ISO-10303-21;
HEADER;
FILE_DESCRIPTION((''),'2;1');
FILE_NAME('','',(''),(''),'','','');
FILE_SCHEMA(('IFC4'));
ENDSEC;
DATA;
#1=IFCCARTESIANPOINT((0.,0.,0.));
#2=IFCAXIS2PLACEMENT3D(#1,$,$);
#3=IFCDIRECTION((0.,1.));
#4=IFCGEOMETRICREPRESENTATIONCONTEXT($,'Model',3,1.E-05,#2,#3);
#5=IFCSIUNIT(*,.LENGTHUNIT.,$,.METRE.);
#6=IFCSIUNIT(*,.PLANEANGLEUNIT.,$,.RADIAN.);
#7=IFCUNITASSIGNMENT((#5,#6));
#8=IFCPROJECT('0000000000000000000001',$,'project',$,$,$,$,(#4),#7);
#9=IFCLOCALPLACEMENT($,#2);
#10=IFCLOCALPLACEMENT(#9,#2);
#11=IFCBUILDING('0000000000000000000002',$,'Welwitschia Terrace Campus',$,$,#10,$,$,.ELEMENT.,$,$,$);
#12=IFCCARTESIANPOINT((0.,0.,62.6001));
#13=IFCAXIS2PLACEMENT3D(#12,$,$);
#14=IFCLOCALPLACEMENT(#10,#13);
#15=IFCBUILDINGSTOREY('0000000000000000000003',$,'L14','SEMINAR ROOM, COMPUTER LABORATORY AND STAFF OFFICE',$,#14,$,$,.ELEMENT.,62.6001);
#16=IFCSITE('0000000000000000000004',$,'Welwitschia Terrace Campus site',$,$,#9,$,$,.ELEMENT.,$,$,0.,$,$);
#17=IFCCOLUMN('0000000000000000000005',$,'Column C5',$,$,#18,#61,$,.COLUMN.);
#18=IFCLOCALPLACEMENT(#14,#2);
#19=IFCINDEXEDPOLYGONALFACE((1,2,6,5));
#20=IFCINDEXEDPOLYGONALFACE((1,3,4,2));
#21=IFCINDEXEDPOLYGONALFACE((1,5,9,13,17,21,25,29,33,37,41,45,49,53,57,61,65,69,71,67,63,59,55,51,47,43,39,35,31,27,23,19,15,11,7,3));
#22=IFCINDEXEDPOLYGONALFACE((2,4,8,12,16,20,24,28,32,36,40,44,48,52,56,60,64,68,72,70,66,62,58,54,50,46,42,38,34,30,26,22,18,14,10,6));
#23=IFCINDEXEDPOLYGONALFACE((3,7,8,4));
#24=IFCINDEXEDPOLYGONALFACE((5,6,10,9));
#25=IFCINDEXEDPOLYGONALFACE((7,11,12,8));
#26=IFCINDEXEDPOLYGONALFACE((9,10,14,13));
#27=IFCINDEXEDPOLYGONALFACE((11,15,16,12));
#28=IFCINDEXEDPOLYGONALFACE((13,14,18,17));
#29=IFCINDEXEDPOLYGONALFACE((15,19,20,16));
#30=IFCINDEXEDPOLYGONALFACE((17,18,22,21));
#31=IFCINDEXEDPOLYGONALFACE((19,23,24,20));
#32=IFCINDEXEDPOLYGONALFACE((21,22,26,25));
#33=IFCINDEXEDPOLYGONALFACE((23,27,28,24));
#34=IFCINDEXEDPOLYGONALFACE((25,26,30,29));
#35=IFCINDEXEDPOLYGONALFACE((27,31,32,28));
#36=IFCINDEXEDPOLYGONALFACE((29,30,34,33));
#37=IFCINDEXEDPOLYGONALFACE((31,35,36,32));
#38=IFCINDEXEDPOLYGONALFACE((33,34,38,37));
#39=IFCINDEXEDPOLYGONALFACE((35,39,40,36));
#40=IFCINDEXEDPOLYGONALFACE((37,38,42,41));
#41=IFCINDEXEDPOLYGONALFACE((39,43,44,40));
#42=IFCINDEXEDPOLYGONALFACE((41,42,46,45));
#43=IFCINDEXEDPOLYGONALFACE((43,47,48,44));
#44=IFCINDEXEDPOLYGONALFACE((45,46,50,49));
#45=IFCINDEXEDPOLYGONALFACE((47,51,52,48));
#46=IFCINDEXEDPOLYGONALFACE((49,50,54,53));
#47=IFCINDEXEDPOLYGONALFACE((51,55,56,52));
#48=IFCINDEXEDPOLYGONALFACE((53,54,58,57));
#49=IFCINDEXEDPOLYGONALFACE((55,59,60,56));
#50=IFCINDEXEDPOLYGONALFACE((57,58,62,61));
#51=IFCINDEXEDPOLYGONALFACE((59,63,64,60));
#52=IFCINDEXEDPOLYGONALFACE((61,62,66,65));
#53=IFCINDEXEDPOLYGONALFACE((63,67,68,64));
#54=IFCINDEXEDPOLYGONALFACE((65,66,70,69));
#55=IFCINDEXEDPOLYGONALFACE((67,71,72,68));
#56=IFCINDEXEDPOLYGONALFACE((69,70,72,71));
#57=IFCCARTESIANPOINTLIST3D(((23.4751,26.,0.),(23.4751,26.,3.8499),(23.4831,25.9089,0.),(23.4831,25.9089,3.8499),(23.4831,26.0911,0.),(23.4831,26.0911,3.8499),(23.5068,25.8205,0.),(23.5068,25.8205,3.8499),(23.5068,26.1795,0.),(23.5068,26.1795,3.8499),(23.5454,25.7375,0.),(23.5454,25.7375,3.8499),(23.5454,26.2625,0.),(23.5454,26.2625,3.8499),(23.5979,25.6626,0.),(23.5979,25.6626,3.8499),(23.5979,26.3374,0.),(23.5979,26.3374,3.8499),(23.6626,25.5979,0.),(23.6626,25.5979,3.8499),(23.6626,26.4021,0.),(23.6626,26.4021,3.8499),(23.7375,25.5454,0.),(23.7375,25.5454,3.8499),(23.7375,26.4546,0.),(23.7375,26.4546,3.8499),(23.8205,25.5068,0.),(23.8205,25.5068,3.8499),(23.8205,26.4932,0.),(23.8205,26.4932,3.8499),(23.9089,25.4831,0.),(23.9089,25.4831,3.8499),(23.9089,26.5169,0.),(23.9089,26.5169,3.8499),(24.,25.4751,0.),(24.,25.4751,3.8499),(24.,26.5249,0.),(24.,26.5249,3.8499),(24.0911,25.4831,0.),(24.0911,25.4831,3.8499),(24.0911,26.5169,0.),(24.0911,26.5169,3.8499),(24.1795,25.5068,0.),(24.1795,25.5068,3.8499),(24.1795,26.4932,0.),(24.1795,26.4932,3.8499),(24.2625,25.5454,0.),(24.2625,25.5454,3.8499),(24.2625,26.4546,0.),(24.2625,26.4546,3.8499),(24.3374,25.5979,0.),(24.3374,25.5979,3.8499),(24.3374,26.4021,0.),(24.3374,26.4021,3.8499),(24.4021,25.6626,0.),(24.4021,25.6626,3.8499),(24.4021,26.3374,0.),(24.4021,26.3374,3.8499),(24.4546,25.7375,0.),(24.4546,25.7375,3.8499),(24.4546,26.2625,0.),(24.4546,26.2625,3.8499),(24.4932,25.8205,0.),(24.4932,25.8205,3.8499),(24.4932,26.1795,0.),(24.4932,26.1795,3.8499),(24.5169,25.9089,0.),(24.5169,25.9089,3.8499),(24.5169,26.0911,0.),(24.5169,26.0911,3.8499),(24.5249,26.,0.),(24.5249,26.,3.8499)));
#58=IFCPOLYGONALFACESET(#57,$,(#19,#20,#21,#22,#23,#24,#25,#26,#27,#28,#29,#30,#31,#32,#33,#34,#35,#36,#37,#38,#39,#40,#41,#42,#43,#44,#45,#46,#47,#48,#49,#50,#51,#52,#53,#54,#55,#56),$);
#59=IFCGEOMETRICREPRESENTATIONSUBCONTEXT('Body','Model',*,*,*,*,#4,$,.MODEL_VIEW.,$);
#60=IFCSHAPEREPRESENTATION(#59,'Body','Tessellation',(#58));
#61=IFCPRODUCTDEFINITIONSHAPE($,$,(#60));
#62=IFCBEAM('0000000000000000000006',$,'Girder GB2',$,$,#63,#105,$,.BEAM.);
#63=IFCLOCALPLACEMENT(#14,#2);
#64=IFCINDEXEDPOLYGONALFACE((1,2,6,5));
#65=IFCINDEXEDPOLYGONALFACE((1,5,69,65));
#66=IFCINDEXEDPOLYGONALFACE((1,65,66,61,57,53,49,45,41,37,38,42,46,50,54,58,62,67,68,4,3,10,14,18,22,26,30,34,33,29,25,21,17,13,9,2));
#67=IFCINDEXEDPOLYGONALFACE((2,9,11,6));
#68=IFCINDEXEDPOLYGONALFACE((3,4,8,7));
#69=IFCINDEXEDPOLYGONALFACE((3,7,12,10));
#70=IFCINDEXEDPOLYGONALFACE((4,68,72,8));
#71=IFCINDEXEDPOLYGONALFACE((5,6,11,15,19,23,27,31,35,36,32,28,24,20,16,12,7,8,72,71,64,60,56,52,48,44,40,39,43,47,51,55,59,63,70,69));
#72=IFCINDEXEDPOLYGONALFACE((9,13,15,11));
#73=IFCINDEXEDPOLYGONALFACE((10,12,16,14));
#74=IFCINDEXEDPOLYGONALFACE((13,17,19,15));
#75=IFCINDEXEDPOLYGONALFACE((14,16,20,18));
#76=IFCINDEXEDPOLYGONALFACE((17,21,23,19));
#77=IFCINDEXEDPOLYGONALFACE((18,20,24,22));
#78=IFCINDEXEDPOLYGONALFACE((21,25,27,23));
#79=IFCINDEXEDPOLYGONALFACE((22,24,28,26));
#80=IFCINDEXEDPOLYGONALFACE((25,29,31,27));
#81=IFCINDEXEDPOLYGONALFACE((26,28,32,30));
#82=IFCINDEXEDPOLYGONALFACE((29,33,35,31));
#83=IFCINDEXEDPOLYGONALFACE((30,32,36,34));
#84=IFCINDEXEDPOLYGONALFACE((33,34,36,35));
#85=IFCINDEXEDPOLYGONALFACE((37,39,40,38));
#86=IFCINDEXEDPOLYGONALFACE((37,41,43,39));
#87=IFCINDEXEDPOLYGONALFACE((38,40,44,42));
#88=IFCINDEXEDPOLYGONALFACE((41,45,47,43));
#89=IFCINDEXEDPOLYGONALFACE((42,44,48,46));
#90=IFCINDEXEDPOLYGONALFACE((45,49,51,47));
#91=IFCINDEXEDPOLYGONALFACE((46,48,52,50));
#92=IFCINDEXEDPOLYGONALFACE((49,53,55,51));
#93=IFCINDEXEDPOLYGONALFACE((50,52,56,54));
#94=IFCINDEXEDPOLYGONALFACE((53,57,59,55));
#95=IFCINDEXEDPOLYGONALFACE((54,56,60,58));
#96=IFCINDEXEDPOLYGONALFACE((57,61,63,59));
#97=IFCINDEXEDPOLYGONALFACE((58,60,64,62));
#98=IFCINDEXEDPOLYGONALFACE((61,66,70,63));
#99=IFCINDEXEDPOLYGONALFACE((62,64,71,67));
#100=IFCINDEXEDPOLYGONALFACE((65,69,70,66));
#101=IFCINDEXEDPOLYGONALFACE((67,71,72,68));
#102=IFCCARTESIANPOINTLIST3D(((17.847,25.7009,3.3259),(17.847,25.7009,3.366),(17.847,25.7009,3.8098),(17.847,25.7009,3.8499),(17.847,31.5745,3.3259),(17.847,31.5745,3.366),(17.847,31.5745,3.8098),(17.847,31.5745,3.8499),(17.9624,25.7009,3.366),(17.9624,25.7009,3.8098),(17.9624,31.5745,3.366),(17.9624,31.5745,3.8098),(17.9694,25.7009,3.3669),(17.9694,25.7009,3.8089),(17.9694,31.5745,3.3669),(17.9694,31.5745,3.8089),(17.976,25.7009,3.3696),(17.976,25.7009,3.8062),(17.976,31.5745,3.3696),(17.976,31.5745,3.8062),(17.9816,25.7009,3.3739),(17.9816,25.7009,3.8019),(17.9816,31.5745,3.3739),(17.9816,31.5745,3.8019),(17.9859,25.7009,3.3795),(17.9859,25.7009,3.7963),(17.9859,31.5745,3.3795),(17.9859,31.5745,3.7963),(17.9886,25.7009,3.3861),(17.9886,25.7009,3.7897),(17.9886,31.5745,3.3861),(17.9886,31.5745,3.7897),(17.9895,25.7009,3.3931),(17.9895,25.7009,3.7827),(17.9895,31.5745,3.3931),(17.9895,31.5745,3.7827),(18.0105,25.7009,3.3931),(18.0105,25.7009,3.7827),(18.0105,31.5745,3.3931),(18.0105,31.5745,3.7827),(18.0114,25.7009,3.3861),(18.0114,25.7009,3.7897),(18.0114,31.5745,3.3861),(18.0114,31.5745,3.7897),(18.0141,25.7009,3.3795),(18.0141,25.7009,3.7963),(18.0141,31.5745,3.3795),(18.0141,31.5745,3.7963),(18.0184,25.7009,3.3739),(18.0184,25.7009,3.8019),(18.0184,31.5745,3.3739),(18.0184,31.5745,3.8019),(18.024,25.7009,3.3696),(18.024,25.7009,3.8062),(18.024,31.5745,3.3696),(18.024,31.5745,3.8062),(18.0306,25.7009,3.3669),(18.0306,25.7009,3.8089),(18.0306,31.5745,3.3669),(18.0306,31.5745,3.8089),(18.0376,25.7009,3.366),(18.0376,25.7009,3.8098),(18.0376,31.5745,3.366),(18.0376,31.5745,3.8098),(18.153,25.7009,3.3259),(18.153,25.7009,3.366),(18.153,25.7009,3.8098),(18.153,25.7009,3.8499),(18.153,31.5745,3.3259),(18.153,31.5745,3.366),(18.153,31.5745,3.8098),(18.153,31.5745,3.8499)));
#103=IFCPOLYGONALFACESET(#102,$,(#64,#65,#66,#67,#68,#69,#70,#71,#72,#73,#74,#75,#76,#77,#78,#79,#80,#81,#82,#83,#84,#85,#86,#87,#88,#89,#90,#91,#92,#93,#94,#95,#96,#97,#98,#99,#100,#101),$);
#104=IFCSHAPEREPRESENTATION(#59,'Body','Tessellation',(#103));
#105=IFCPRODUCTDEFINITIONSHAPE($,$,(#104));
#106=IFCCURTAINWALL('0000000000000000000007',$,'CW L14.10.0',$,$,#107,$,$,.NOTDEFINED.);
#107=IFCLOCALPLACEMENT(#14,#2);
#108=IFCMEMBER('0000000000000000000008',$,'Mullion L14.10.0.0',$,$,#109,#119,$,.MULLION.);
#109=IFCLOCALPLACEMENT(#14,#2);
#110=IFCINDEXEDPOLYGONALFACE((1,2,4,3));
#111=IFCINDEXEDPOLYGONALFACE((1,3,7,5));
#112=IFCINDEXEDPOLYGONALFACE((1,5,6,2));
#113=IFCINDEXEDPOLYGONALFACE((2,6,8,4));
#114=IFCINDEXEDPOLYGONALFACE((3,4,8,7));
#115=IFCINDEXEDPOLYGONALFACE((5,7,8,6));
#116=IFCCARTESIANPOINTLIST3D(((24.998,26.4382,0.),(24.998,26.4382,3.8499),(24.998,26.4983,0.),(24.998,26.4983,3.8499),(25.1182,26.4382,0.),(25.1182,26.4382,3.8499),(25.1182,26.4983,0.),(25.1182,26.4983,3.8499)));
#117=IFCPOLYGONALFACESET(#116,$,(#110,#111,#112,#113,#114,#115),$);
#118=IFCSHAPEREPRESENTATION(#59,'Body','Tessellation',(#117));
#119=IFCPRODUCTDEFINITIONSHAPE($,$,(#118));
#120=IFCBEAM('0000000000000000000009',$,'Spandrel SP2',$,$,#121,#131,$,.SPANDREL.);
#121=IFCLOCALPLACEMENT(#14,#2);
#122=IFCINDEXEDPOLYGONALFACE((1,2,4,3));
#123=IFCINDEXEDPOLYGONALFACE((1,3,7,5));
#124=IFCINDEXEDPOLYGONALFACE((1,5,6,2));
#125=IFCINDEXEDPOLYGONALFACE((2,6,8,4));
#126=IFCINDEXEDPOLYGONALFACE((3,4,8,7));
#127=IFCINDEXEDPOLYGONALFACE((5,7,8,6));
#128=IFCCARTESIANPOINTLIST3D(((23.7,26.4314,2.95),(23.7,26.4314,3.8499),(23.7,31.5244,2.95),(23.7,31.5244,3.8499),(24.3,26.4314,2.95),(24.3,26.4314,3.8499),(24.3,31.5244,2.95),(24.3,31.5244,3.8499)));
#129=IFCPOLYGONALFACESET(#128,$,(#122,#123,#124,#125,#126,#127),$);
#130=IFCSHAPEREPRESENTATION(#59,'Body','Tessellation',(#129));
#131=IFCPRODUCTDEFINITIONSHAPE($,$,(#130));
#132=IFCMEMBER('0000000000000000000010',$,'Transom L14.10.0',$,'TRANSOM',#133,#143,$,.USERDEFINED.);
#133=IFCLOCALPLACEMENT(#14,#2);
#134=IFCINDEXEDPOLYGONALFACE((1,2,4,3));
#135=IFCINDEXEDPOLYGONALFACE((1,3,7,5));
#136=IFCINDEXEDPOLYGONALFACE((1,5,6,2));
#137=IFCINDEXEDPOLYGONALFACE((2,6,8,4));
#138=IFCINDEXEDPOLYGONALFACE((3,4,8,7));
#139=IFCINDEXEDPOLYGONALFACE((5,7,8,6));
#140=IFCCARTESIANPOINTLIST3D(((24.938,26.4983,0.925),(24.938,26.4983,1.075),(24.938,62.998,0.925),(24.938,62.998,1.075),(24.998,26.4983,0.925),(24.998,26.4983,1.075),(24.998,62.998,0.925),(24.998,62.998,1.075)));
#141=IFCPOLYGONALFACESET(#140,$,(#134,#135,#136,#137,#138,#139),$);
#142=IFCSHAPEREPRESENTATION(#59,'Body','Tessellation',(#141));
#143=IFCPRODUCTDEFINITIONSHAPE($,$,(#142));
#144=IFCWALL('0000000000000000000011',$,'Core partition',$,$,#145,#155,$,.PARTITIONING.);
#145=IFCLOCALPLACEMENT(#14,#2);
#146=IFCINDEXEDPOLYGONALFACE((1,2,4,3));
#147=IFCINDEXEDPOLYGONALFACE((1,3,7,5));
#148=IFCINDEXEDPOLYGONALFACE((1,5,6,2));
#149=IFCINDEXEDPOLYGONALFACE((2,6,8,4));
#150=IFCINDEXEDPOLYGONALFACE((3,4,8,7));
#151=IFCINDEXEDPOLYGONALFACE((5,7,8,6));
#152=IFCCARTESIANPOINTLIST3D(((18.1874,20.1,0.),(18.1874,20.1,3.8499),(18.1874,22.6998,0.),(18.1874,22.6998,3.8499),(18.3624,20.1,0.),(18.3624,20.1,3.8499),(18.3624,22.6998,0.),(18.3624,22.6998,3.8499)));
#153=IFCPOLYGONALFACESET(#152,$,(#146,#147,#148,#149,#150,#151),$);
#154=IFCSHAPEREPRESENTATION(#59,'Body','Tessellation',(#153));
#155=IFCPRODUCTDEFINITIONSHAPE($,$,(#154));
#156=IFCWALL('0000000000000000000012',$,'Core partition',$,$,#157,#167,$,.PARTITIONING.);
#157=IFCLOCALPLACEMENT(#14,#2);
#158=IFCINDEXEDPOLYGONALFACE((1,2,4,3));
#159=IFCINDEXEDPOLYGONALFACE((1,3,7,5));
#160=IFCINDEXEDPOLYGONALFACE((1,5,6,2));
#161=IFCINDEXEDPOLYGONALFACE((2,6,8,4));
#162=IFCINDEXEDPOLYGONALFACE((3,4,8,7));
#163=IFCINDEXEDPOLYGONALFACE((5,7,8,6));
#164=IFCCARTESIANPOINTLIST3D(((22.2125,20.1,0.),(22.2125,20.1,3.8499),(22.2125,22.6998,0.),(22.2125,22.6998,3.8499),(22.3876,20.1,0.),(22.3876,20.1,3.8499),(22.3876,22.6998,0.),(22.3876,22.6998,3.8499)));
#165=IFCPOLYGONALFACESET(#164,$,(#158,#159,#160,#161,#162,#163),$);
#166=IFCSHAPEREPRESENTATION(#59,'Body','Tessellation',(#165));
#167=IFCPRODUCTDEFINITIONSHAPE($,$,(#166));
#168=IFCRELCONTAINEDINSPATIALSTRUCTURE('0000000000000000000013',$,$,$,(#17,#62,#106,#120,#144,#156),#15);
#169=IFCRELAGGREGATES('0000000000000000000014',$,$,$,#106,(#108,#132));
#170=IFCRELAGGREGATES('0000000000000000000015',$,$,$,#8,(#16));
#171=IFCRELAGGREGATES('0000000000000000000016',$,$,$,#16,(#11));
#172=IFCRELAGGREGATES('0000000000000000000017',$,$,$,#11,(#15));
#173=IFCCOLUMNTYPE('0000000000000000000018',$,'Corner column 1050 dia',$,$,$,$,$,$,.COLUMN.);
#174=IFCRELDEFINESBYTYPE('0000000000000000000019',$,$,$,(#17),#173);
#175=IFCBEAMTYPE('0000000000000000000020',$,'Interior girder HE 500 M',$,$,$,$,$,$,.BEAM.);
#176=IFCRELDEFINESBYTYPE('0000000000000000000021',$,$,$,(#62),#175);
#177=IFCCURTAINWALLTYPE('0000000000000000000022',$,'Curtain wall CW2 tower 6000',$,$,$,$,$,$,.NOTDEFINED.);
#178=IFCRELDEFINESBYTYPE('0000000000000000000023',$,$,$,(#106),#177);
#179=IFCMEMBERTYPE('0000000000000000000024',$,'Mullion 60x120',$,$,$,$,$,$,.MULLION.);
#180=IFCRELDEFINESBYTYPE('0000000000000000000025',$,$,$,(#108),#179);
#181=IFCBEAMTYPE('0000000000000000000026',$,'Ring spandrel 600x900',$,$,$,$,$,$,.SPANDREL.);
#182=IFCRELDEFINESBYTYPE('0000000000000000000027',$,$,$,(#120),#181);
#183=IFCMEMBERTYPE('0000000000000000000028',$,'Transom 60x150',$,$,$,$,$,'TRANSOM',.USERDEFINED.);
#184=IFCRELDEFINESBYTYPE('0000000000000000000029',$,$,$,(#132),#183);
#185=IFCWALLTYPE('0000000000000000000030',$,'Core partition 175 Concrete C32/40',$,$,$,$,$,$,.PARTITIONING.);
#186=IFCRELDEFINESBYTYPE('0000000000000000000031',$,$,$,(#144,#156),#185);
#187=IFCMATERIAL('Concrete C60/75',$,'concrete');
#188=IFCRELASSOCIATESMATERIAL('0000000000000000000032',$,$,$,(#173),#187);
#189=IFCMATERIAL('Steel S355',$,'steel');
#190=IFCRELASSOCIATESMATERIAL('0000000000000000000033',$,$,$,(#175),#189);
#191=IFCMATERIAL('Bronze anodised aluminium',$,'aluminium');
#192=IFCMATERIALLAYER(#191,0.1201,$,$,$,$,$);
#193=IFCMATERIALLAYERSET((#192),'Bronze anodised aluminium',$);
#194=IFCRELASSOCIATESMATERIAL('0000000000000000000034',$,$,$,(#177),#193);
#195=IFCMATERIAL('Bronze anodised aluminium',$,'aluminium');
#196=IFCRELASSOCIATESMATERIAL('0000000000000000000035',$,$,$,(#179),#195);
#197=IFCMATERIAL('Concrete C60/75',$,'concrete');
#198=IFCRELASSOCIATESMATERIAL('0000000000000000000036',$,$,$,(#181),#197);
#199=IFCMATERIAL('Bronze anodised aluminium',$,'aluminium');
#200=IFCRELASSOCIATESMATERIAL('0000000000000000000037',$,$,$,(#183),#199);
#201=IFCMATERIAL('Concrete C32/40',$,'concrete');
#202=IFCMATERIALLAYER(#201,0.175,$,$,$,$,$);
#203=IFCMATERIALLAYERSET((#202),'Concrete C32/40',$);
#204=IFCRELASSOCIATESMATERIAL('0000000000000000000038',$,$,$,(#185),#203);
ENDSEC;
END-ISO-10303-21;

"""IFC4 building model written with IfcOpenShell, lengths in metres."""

from ifc_helpers import new_model, si_unit, direction, frame, frame_2d, origin, origin_2d, place, context, subcontext, project, spatial, rectangle, circle, i_section, extrude, material, layer, layer_set, material_profile, profile_set, type_object, element, aggregate, save


model = new_model("IFC4")

# Units and contexts
model_context = context("Model", 3, precision=1e-05, world=origin(), true_north=direction((0.0, 1.0)))
body_context = subcontext(model_context, "Body", "Model", "MODEL_VIEW")
ifc_project = project(units=[si_unit("LENGTHUNIT", "METRE"), si_unit("PLANEANGLEUNIT", "RADIAN")], contexts=[model_context])

# Site, building, storey
site_placement = place(None, origin())
site = spatial("IfcSite", under=ifc_project, at=site_placement, Name="Welwitschia Terrace Campus site", CompositionType="ELEMENT", RefElevation=0.0)
building_placement = place(site_placement, origin())
building = spatial("IfcBuilding", under=site, at=building_placement, Name="Welwitschia Terrace Campus", CompositionType="ELEMENT")
storey_placement = place(building_placement, frame((0.0, 0.0, 62.6001)))
storey = spatial("IfcBuildingStorey", under=building, at=storey_placement, Name="L14", Description="SEMINAR ROOM, COMPUTER LABORATORY AND STAFF OFFICE", CompositionType="ELEMENT", Elevation=62.6001)

# Column
ifc_material_1 = material(Name="Concrete C60/75", Category="concrete")
ifc_material_profile_1 = material_profile(ifc_material_1, circle(Radius=0.5249, at=origin_2d()))
ifc_profile_set_1 = profile_set([ifc_material_profile_1], Name="Concrete C60/75")
column_type = type_object("IfcColumnType", Name="Corner column 1050 dia", PredefinedType="COLUMN", material=ifc_profile_set_1)
column_placement = place(storey_placement, frame((24.0, 26.0, 0.0), z_axis=(0.0, 0.0, 1.0), x_axis=(1.0, 0.0, 0.0)))
element("IfcColumn", 1, at=column_placement, inside=storey, type_object=column_type, Name="Column C5", PredefinedType="COLUMN", context=body_context, shape_type="SweptSolid", body=[
    extrude(circle(Radius=0.5249, at=origin_2d()), origin(), (0.0, 0.0, 1.0), 3.8499),
])

# Beam
ifc_material_2 = material(Name="Steel S355", Category="steel")
ifc_material_profile_2 = material_profile(ifc_material_2, i_section(OverallWidth=0.3059, OverallDepth=0.5239, WebThickness=0.021, FlangeThickness=0.04, FilletRadius=0.0271, at=origin_2d()))
ifc_profile_set_2 = profile_set([ifc_material_profile_2], Name="Steel S355")
beam_type_1 = type_object("IfcBeamType", Name="Interior girder HE 500 M", PredefinedType="BEAM", material=ifc_profile_set_2)
beam_1_placement = place(storey_placement, frame((18.0, 25.7009, 3.5879), z_axis=(0.0, 1.0, 0.0), x_axis=(-1.0, 0.0, 0.0)))
element("IfcBeam", 2, at=beam_1_placement, inside=storey, type_object=beam_type_1, Name="Girder GB2", PredefinedType="BEAM", context=body_context, shape_type="SweptSolid", body=[
    extrude(i_section(OverallWidth=0.3059, OverallDepth=0.5239, WebThickness=0.021, FlangeThickness=0.04, FilletRadius=0.0271, at=origin_2d()), origin(), (0.0, 0.0, 1.0), 5.8735),
])

# Curtain wall, member
ifc_material_3 = material(Name="Bronze anodised aluminium", Category="aluminium")
ifc_layer_1 = layer(ifc_material_3, 0.1201)
ifc_layer_set_1 = layer_set([ifc_layer_1], Name="Bronze anodised aluminium")
curtain_wall_type = type_object("IfcCurtainWallType", Name="Curtain wall CW2 tower 6000", PredefinedType="NOTDEFINED", material=ifc_layer_set_1)
curtain_wall_placement = place(storey_placement, origin())
curtain_wall = element("IfcCurtainWall", 3, at=curtain_wall_placement, inside=storey, type_object=curtain_wall_type, Name="CW L14.10.0", PredefinedType="NOTDEFINED")
ifc_material_4 = material(Name="Bronze anodised aluminium", Category="aluminium")
ifc_material_profile_3 = material_profile(ifc_material_4, rectangle(XDim=0.1201, YDim=0.0601, at=origin_2d()))
ifc_profile_set_3 = profile_set([ifc_material_profile_3], Name="Bronze anodised aluminium")
member_type_1 = type_object("IfcMemberType", Name="Mullion 60x120", PredefinedType="MULLION", material=ifc_profile_set_3)
member_1_placement = place(storey_placement, frame((25.0581, 26.4683, 0.0), z_axis=(0.0, 0.0, 1.0), x_axis=(-1.0, 0.0, 0.0)))
member_1 = element("IfcMember", 4, at=member_1_placement, type_object=member_type_1, Name="Mullion L14.10.0.0", PredefinedType="MULLION", context=body_context, shape_type="SweptSolid", body=[
    extrude(rectangle(XDim=0.1201, YDim=0.0601, at=origin_2d()), origin(), (0.0, 0.0, 1.0), 3.8499),
])

# Beam
ifc_material_5 = material(Name="Concrete C60/75", Category="concrete")
ifc_material_profile_4 = material_profile(ifc_material_5, rectangle(XDim=0.6001, YDim=0.8999, at=origin_2d()))
ifc_profile_set_4 = profile_set([ifc_material_profile_4], Name="Concrete C60/75")
beam_type_2 = type_object("IfcBeamType", Name="Ring spandrel 600x900", PredefinedType="SPANDREL", material=ifc_profile_set_4)
beam_2_placement = place(storey_placement, frame((24.0, 26.4314, 3.3999), z_axis=(0.0, 1.0, 0.0), x_axis=(-1.0, 0.0, 0.0)))
element("IfcBeam", 5, at=beam_2_placement, inside=storey, type_object=beam_type_2, Name="Spandrel SP2", PredefinedType="SPANDREL", context=body_context, shape_type="SweptSolid", body=[
    extrude(rectangle(XDim=0.6001, YDim=0.8999, at=origin_2d()), origin(), (0.0, 0.0, 1.0), 5.093),
])

# Member
ifc_material_6 = material(Name="Bronze anodised aluminium", Category="aluminium")
ifc_material_profile_5 = material_profile(ifc_material_6, rectangle(XDim=0.0601, YDim=0.1499, at=origin_2d()))
ifc_profile_set_5 = profile_set([ifc_material_profile_5], Name="Bronze anodised aluminium")
member_type_2 = type_object("IfcMemberType", Name="Transom 60x150", ElementType="TRANSOM", PredefinedType="USERDEFINED", material=ifc_profile_set_5)
member_2_placement = place(storey_placement, frame((24.968, 26.4983, 1.0), z_axis=(0.0, 1.0, 0.0), x_axis=(-1.0, 0.0, 0.0)))
member_2 = element("IfcMember", 6, at=member_2_placement, type_object=member_type_2, Name="Transom L14.10.0", ObjectType="TRANSOM", PredefinedType="USERDEFINED", context=body_context, shape_type="SweptSolid", body=[
    extrude(rectangle(XDim=0.0601, YDim=0.1499, at=origin_2d()), origin(), (0.0, 0.0, 1.0), 36.4998),
])
aggregate(curtain_wall, [member_1, member_2])

# Walls
ifc_material_7 = material(Name="Concrete C32/40", Category="concrete")
ifc_layer_2 = layer(ifc_material_7, 0.175)
ifc_layer_set_2 = layer_set([ifc_layer_2], Name="Concrete C32/40")
wall_type_1 = type_object("IfcWallType", Name="Core partition 175 Concrete C32/40", PredefinedType="PARTITIONING", material=ifc_layer_set_2)
for number, where, z_axis, x_axis, name in (
    (7, (18.2749, 20.1001, 0.0), (0.0, 0.0, 1.0), (0.0, 1.0, 0.0), "Core partition"),
    (8, (22.3, 20.1001, 0.0), (0.0, 0.0, 1.0), (0.0, 1.0, 0.0), "Core partition"),
):
    element("IfcWall", number, at=place(storey_placement, frame(where, z_axis=z_axis, x_axis=x_axis)), inside=storey, type_object=wall_type_1, Name=name, PredefinedType="PARTITIONING", context=body_context, shape_type="SweptSolid", body=[
        extrude(rectangle(XDim=2.5999, YDim=0.175, at=frame_2d((1.2998, 0.0))), origin(), (0.0, 0.0, 1.0), 3.8499),
    ])

save(model, "model.ifc")
